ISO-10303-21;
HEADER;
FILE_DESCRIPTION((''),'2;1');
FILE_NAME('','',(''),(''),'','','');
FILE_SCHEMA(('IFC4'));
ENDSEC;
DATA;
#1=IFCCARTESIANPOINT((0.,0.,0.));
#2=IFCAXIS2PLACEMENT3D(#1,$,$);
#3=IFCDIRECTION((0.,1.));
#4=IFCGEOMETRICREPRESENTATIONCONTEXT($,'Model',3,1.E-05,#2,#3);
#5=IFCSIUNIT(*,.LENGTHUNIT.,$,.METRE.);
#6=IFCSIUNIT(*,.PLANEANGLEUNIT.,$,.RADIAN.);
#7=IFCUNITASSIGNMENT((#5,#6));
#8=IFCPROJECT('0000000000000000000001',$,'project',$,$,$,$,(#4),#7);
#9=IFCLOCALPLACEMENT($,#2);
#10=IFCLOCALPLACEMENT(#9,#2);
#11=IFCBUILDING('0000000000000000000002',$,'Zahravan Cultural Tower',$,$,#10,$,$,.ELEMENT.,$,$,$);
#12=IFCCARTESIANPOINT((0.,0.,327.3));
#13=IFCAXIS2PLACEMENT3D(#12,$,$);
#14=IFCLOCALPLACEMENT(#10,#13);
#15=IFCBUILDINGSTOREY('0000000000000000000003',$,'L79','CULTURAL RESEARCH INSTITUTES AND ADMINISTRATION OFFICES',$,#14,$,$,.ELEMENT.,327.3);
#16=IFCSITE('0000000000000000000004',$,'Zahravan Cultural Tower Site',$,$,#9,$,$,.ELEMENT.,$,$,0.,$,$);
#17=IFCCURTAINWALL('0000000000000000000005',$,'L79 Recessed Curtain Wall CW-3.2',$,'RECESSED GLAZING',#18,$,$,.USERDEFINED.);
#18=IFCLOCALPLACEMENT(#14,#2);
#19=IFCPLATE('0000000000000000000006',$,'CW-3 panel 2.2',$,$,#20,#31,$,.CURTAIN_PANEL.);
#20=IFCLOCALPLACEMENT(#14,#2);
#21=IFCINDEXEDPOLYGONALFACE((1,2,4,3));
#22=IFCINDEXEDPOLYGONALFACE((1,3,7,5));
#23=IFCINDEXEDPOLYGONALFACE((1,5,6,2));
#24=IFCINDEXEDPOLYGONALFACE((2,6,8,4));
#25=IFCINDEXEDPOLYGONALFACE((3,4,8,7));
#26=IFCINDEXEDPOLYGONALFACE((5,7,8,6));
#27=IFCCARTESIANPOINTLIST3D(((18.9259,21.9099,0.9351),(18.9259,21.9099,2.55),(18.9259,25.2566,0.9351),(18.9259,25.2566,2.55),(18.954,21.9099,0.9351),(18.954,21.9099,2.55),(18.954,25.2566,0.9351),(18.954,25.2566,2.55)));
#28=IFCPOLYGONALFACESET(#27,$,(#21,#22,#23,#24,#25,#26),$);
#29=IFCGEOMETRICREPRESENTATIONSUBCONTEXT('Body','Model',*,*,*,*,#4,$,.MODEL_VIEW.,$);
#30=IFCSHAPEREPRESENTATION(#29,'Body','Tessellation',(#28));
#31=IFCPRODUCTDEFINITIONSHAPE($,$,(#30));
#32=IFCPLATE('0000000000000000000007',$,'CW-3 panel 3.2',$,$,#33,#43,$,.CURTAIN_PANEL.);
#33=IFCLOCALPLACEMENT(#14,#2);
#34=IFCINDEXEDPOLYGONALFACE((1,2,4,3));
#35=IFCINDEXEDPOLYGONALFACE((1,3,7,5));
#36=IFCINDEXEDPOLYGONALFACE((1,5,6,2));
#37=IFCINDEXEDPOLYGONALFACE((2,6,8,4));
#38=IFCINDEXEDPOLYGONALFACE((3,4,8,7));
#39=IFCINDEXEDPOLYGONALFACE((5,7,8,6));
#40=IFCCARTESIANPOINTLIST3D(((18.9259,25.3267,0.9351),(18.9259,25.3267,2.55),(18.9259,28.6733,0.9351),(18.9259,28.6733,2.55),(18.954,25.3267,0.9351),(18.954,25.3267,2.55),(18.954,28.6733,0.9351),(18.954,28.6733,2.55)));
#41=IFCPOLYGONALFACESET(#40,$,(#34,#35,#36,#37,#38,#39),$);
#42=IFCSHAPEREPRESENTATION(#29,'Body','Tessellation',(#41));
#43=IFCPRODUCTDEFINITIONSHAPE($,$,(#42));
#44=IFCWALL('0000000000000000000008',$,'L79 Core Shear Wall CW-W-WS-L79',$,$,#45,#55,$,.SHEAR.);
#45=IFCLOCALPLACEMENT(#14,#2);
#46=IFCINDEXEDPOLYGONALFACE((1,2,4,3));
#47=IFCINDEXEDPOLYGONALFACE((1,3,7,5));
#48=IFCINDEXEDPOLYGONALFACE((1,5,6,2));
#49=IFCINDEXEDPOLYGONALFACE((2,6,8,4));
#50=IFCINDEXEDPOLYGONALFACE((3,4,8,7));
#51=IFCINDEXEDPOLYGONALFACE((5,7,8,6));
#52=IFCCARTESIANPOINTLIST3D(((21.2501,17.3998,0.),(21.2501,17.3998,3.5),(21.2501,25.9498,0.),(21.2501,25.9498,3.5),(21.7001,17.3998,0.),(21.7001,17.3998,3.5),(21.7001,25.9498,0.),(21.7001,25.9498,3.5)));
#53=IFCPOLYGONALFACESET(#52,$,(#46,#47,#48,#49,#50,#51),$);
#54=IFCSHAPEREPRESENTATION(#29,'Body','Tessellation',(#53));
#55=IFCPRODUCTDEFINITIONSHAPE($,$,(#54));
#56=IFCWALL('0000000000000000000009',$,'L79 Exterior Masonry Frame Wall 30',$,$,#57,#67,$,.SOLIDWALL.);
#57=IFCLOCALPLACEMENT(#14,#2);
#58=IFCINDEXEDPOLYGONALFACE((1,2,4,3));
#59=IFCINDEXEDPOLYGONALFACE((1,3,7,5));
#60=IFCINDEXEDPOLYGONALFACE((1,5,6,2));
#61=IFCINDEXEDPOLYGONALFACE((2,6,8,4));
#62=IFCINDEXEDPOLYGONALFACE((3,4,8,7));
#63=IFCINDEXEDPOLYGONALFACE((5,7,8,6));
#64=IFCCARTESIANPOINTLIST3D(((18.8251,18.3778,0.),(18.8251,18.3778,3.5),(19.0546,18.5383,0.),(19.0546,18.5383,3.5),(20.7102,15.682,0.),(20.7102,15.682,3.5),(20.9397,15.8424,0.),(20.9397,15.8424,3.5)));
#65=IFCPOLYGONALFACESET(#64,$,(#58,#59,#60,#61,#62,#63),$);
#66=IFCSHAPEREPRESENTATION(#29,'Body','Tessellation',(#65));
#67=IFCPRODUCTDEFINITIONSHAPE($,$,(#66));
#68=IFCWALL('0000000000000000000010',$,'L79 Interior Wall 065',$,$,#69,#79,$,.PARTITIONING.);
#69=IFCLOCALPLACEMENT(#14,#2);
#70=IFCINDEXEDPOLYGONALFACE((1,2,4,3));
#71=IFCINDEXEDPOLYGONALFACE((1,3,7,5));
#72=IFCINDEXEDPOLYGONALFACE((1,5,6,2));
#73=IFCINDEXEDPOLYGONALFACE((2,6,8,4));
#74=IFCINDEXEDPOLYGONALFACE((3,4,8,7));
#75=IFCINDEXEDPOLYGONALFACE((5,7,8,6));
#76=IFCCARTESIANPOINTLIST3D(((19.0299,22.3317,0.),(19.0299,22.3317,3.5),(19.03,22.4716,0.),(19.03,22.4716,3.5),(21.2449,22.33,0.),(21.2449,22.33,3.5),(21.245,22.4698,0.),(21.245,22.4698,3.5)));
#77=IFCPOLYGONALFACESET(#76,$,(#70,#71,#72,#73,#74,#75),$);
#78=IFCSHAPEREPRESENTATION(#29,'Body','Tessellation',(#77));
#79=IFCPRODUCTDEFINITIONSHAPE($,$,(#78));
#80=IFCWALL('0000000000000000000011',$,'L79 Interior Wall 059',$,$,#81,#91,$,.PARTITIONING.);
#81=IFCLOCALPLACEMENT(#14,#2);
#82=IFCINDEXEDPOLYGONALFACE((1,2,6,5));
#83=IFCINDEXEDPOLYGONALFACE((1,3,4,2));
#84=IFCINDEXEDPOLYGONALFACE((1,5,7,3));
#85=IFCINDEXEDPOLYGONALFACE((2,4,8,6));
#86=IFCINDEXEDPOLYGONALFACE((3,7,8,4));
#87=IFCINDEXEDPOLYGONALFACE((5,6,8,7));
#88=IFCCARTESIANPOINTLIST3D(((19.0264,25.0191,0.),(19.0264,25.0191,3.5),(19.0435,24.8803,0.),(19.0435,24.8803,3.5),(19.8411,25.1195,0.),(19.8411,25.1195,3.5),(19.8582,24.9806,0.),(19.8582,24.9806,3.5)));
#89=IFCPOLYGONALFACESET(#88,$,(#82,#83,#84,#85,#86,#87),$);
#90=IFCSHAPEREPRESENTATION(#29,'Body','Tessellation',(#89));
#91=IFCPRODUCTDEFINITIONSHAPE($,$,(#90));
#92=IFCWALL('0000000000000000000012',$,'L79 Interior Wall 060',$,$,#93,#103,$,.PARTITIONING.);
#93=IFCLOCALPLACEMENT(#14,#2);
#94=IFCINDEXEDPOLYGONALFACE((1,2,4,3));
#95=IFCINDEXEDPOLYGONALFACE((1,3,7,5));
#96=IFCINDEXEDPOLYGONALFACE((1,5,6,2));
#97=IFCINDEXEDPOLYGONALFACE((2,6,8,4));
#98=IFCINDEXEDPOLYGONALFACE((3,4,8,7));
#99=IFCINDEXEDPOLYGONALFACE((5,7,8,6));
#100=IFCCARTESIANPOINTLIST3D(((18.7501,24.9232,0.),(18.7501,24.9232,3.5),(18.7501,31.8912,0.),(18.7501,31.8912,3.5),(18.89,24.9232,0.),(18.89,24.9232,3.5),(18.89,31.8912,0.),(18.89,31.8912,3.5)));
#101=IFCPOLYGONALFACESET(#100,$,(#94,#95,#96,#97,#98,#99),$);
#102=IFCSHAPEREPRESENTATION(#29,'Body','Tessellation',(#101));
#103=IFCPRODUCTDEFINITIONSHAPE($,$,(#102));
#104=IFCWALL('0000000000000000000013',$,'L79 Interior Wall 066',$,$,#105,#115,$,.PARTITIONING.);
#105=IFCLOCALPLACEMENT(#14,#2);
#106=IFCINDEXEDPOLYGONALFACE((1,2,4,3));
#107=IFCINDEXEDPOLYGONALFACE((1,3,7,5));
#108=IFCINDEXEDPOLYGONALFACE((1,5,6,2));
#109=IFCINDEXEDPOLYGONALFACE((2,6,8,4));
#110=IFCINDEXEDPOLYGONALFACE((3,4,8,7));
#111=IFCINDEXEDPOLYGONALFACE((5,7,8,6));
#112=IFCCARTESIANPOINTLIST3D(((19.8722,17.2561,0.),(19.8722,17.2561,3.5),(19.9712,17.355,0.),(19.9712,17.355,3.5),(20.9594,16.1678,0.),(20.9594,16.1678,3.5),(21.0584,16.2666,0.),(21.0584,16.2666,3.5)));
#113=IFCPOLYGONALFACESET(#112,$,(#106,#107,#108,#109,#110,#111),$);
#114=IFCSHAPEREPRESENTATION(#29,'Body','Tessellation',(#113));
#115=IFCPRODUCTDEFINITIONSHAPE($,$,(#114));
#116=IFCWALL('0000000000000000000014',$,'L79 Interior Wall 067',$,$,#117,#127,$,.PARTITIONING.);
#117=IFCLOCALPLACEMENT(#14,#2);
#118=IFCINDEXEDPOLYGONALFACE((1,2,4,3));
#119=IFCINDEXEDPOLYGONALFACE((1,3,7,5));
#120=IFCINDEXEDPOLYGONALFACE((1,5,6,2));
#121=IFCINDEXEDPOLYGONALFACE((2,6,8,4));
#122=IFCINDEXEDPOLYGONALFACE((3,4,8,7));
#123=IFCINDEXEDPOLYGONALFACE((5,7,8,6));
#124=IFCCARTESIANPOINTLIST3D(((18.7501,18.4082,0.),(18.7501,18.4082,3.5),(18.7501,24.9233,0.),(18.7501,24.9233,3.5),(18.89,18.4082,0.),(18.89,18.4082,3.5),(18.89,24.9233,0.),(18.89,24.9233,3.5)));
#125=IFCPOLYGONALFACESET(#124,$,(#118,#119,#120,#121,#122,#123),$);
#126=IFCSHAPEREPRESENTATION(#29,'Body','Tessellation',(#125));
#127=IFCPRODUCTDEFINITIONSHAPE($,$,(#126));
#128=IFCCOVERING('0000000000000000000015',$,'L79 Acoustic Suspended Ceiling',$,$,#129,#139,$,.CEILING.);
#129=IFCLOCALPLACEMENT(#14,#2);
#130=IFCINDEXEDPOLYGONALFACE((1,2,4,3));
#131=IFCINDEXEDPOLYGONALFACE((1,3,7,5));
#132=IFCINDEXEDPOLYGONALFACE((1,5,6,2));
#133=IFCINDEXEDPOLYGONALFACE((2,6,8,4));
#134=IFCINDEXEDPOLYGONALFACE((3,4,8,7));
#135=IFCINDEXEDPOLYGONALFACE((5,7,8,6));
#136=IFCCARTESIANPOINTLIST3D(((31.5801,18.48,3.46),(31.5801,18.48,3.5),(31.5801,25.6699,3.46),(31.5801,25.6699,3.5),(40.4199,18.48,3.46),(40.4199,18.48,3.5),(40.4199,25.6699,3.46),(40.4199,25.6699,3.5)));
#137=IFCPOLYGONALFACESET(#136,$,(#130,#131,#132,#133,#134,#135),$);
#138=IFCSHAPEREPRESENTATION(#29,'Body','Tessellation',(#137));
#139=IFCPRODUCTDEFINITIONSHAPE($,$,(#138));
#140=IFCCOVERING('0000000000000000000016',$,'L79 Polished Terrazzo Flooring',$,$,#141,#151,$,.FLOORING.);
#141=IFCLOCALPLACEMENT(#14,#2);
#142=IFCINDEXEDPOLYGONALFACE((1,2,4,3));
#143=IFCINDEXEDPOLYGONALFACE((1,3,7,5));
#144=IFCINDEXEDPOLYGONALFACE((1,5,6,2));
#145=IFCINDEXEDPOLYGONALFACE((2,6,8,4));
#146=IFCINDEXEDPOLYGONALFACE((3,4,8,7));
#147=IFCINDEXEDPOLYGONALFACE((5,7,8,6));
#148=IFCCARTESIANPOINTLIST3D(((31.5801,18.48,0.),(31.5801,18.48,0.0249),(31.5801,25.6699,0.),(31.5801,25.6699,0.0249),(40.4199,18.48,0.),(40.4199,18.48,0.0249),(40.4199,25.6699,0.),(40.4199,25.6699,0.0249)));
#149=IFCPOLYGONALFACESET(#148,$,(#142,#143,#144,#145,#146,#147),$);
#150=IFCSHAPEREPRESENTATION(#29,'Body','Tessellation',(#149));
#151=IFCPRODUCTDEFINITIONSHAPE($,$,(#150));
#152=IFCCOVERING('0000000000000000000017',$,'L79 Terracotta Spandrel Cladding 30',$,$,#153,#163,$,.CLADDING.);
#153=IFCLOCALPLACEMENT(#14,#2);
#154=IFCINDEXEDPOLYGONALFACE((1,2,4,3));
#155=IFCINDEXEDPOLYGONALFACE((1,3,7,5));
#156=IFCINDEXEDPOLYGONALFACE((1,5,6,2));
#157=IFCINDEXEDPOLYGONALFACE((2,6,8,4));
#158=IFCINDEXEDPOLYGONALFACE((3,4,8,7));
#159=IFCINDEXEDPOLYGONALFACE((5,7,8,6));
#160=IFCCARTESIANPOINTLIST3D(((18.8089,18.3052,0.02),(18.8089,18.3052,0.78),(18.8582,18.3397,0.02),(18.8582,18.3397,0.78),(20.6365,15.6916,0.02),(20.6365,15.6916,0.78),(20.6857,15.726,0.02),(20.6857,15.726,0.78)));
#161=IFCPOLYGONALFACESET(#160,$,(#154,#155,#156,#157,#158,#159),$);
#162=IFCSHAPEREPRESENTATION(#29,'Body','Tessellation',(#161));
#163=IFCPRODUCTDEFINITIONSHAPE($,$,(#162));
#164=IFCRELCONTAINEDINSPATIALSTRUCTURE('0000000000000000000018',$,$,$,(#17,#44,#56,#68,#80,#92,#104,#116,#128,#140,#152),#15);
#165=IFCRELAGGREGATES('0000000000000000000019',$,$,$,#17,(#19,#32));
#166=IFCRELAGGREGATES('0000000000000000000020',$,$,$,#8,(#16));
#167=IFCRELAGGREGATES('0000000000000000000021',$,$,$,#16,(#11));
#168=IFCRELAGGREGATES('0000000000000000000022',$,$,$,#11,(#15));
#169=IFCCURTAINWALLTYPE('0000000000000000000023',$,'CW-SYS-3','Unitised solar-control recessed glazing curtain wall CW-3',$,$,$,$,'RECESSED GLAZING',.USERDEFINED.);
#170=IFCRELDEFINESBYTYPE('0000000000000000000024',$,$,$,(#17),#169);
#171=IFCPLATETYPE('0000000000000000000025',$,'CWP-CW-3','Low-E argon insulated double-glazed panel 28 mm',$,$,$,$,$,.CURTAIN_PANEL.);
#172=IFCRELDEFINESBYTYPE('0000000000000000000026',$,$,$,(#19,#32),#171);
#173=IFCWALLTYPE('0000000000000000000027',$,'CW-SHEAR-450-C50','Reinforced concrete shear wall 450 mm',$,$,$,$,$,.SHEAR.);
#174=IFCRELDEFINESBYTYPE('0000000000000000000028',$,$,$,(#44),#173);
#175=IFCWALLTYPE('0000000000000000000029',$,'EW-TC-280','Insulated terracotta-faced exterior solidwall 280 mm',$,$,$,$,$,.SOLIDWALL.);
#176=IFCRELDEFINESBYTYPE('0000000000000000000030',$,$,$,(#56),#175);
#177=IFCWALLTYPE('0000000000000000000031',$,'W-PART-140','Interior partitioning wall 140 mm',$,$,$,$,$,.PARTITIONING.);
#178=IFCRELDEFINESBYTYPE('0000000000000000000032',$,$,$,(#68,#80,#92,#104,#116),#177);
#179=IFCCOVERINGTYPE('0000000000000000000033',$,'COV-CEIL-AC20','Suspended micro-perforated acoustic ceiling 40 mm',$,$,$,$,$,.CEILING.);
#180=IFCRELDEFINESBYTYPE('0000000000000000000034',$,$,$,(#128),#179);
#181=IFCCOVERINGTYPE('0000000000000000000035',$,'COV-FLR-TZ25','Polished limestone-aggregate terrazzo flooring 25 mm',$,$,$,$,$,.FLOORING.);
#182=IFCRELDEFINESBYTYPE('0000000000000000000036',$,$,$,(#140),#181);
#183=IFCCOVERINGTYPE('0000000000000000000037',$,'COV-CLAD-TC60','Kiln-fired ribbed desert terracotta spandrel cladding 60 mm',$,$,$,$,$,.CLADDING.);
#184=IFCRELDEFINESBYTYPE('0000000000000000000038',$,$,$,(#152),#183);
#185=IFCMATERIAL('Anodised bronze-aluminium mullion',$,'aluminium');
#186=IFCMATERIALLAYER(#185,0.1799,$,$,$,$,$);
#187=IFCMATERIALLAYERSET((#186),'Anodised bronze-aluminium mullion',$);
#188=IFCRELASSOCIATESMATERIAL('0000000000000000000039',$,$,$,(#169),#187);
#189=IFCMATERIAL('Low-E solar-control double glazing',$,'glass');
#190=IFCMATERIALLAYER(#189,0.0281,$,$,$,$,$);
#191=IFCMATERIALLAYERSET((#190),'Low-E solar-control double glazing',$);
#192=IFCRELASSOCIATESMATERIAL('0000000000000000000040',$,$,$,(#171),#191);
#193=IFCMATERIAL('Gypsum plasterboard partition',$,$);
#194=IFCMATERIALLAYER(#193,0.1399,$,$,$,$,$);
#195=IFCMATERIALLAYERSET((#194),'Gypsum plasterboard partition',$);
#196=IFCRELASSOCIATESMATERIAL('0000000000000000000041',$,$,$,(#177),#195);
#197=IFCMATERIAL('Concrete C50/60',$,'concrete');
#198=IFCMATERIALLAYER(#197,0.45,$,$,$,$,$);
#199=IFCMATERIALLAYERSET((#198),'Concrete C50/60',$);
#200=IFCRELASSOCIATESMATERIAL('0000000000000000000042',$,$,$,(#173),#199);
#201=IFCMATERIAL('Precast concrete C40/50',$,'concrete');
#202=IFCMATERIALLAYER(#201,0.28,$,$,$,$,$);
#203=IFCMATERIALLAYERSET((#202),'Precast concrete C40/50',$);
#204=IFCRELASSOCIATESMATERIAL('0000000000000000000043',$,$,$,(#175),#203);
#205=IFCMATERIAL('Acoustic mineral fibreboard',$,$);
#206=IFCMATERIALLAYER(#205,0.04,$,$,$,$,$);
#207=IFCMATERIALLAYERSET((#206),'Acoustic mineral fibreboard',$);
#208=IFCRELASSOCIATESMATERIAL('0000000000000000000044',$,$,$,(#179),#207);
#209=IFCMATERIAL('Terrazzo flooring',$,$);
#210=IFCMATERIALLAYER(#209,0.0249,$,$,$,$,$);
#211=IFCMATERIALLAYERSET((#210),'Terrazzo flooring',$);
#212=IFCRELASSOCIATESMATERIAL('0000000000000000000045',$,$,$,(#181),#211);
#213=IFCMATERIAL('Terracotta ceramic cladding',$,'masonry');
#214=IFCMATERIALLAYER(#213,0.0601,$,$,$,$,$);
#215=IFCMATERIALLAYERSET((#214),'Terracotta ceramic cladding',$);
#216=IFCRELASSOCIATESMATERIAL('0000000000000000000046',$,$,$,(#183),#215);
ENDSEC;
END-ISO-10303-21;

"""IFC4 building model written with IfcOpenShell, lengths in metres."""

from ifc_helpers import new_model, si_unit, direction, frame, frame_2d, origin, origin_2d, place, context, subcontext, project, spatial, polyline, rectangle, outline, extrude, source, transform, mapped, material, layer, layer_set, type_object, element, aggregate, save


model = new_model("IFC4")

# Units and contexts
model_context = context("Model", 3, precision=1e-05, world=origin(), true_north=direction((0.0, 1.0)))
body_context = subcontext(model_context, "Body", "Model", "MODEL_VIEW")
ifc_project = project(units=[si_unit("LENGTHUNIT", "METRE"), si_unit("PLANEANGLEUNIT", "RADIAN")], contexts=[model_context])

# Site, building, storey
site_placement = place(None, origin())
site = spatial("IfcSite", under=ifc_project, at=site_placement, Name="Zahravan Cultural Tower Site", CompositionType="ELEMENT", RefElevation=0.0)
building_placement = place(site_placement, origin())
building = spatial("IfcBuilding", under=site, at=building_placement, Name="Zahravan Cultural Tower", CompositionType="ELEMENT")
storey_placement = place(building_placement, frame((0.0, 0.0, 327.3)))
storey = spatial("IfcBuildingStorey", under=building, at=storey_placement, Name="L79", Description="CULTURAL RESEARCH INSTITUTES AND ADMINISTRATION OFFICES", CompositionType="ELEMENT", Elevation=327.3)

# Shared definitions
ifc_material_1 = material(Name="Concrete C50/60", Category="concrete")

# Curtain wall
ifc_material_2 = material(Name="Anodised bronze-aluminium mullion", Category="aluminium")
ifc_layer_1 = layer(ifc_material_2, 0.1799)
ifc_layer_set_1 = layer_set([ifc_layer_1], Name="Anodised bronze-aluminium mullion")
curtain_wall_type = type_object("IfcCurtainWallType", Name="CW-SYS-3", Description="Unitised solar-control recessed glazing curtain wall CW-3", ElementType="RECESSED GLAZING", PredefinedType="USERDEFINED", material=ifc_layer_set_1)
curtain_wall_placement = place(storey_placement, origin())
curtain_wall = element("IfcCurtainWall", 1, at=curtain_wall_placement, inside=storey, type_object=curtain_wall_type, Name="L79 Recessed Curtain Wall CW-3.2", ObjectType="RECESSED GLAZING", PredefinedType="USERDEFINED")

# Plates
ifc_material_3 = material(Name="Low-E solar-control double glazing", Category="glass")
ifc_layer_2 = layer(ifc_material_3, 0.0281)
ifc_layer_set_2 = layer_set([ifc_layer_2], Name="Low-E solar-control double glazing")
plate_type = type_object("IfcPlateType", Name="CWP-CW-3", Description="Low-E argon insulated double-glazed panel 28 mm", PredefinedType="CURTAIN_PANEL", material=ifc_layer_set_2)
shared_shape_1 = source(origin(), body_context, "Body", "SweptSolid", [
    extrude(rectangle(XDim=3.3467, YDim=0.0281, at=origin_2d()), origin(), (0.0, 0.0, 1.0), 1.615),
])
plate_1_placement = place(storey_placement, frame((18.9399, 23.5833, 0.9351), z_axis=(0.0, 0.0, 1.0), x_axis=(0.0, 1.0, 0.0)))
plate_1 = element("IfcPlate", 2, at=plate_1_placement, type_object=plate_type, Name="CW-3 panel 2.2", PredefinedType="CURTAIN_PANEL", context=body_context, shape_type="MappedRepresentation", body=[
    mapped(shared_shape_1, transform((0.0, 0.0, 0.0), x_axis=(1.0, 0.0, 0.0), y_axis=(0.0, 1.0, 0.0), z_axis=(0.0, 0.0, 1.0), scale=1.0)),
])
plate_2_placement = place(storey_placement, frame((18.9399, 27.0, 0.9351), z_axis=(0.0, 0.0, 1.0), x_axis=(0.0, 1.0, 0.0)))
plate_2 = element("IfcPlate", 3, at=plate_2_placement, type_object=plate_type, Name="CW-3 panel 3.2", PredefinedType="CURTAIN_PANEL", context=body_context, shape_type="MappedRepresentation", body=[
    mapped(shared_shape_1, transform((0.0, 0.0, 0.0), x_axis=(1.0, 0.0, 0.0), y_axis=(0.0, 1.0, 0.0), z_axis=(0.0, 0.0, 1.0), scale=1.0)),
])
aggregate(curtain_wall, [plate_1, plate_2])

# Shared definitions
ifc_material_4 = material(Name="Gypsum plasterboard partition")
ifc_layer_3 = layer(ifc_material_4, 0.1399)
ifc_layer_set_3 = layer_set([ifc_layer_3], Name="Gypsum plasterboard partition")
wall_type_1 = type_object("IfcWallType", Name="W-PART-140", Description="Interior partitioning wall 140 mm", PredefinedType="PARTITIONING", material=ifc_layer_set_3)

# Walls
ifc_layer_4 = layer(ifc_material_1, 0.45)
ifc_layer_set_4 = layer_set([ifc_layer_4], Name="Concrete C50/60")
wall_type_2 = type_object("IfcWallType", Name="CW-SHEAR-450-C50", Description="Reinforced concrete shear wall 450 mm", PredefinedType="SHEAR", material=ifc_layer_set_4)
shared_shape_2 = source(origin(), body_context, "Body", "SweptSolid", [
    extrude(rectangle(XDim=8.55, YDim=0.45, at=frame_2d((4.2749, 0.0))), origin(), (0.0, 0.0, 1.0), 3.5),
])
wall_1_placement = place(storey_placement, frame((21.4751, 17.3999, 0.0), z_axis=(0.0, 0.0, 1.0), x_axis=(0.0, 1.0, 0.0)))
element("IfcWall", 4, at=wall_1_placement, inside=storey, type_object=wall_type_2, Name="L79 Core Shear Wall CW-W-WS-L79", PredefinedType="SHEAR", context=body_context, shape_type="MappedRepresentation", body=[
    mapped(shared_shape_2, transform((0.0, 0.0, 0.0), x_axis=(1.0, 0.0, 0.0), y_axis=(0.0, 1.0, 0.0), z_axis=(0.0, 0.0, 1.0), scale=1.0)),
])
ifc_material_5 = material(Name="Precast concrete C40/50", Category="concrete")
ifc_layer_5 = layer(ifc_material_5, 0.28)
ifc_layer_set_5 = layer_set([ifc_layer_5], Name="Precast concrete C40/50")
wall_type_3 = type_object("IfcWallType", Name="EW-TC-280", Description="Insulated terracotta-faced exterior solidwall 280 mm", PredefinedType="SOLIDWALL", material=ifc_layer_set_5)
shared_shape_3 = source(origin(), body_context, "Body", "SweptSolid", [
    extrude(rectangle(XDim=3.2896, YDim=0.28, at=frame_2d((1.6448, 0.0))), origin(), (0.0, 0.0, 1.0), 3.5),
])
wall_2_placement = place(storey_placement, frame((20.825, 15.7622, 0.0), z_axis=(0.0, 0.0, 1.0), x_axis=(-0.573044, 0.819525, 0.0)))
element("IfcWall", 5, at=wall_2_placement, inside=storey, type_object=wall_type_3, Name="L79 Exterior Masonry Frame Wall 30", PredefinedType="SOLIDWALL", context=body_context, shape_type="MappedRepresentation", body=[
    mapped(shared_shape_3, transform((0.0, 0.0, 0.0), x_axis=(1.0, 0.0, 0.0), y_axis=(0.0, 1.0, 0.0), z_axis=(0.0, 0.0, 1.0), scale=1.0)),
])
shared_shape_4 = source(origin(), body_context, "Body", "SweptSolid", [
    extrude(rectangle(XDim=2.2151, YDim=0.1399, at=frame_2d((1.1074, 0.0))), origin(), (0.0, 0.0, 1.0), 3.5),
])
wall_3_placement = place(storey_placement, frame((19.03, 22.4016, 0.0), z_axis=(0.0, 0.0, 1.0), x_axis=(1.0, -0.000772, 0.0)))
element("IfcWall", 6, at=wall_3_placement, inside=storey, type_object=wall_type_1, Name="L79 Interior Wall 065", PredefinedType="PARTITIONING", context=body_context, shape_type="MappedRepresentation", body=[
    mapped(shared_shape_4, transform((0.0, 0.0, 0.0), x_axis=(1.0, 0.0, 0.0), y_axis=(0.0, 1.0, 0.0), z_axis=(0.0, 0.0, 1.0), scale=1.0)),
])
shared_shape_5 = source(origin(), body_context, "Body", "SweptSolid", [
    extrude(rectangle(XDim=0.8208, YDim=0.1399, at=frame_2d((0.4104, 0.0))), origin(), (0.0, 0.0, 1.0), 3.5),
])
wall_4_placement = place(storey_placement, frame((19.8496, 25.05, 0.0), z_axis=(0.0, 0.0, 1.0), x_axis=(-0.9925, -0.122241, 0.0)))
element("IfcWall", 7, at=wall_4_placement, inside=storey, type_object=wall_type_1, Name="L79 Interior Wall 059", PredefinedType="PARTITIONING", context=body_context, shape_type="MappedRepresentation", body=[
    mapped(shared_shape_5, transform((0.0, 0.0, 0.0), x_axis=(1.0, 0.0, 0.0), y_axis=(0.0, 1.0, 0.0), z_axis=(0.0, 0.0, 1.0), scale=1.0)),
])
shared_shape_6 = source(origin(), body_context, "Body", "SweptSolid", [
    extrude(rectangle(XDim=6.968, YDim=0.1399, at=frame_2d((3.4839, 0.0))), origin(), (0.0, 0.0, 1.0), 3.5),
])
wall_5_placement = place(storey_placement, frame((18.8201, 24.9233, 0.0), z_axis=(0.0, 0.0, 1.0), x_axis=(0.0, 1.0, 0.0)))
element("IfcWall", 8, at=wall_5_placement, inside=storey, type_object=wall_type_1, Name="L79 Interior Wall 060", PredefinedType="PARTITIONING", context=body_context, shape_type="MappedRepresentation", body=[
    mapped(shared_shape_6, transform((0.0, 0.0, 0.0), x_axis=(1.0, 0.0, 0.0), y_axis=(0.0, 1.0, 0.0), z_axis=(0.0, 0.0, 1.0), scale=1.0)),
])
shared_shape_7 = source(origin(), body_context, "Body", "SweptSolid", [
    extrude(rectangle(XDim=1.5383, YDim=0.1399, at=frame_2d((0.769, 0.0))), origin(), (0.0, 0.0, 1.0), 3.5),
])
wall_6_placement = place(storey_placement, frame((21.0088, 16.2173, 0.0), z_axis=(0.0, 0.0, 1.0), x_axis=(-0.70671, 0.707503, 0.0)))
element("IfcWall", 9, at=wall_6_placement, inside=storey, type_object=wall_type_1, Name="L79 Interior Wall 066", PredefinedType="PARTITIONING", context=body_context, shape_type="MappedRepresentation", body=[
    mapped(shared_shape_7, transform((0.0, 0.0, 0.0), x_axis=(1.0, 0.0, 0.0), y_axis=(0.0, 1.0, 0.0), z_axis=(0.0, 0.0, 1.0), scale=1.0)),
])
shared_shape_8 = source(origin(), body_context, "Body", "SweptSolid", [
    extrude(rectangle(XDim=6.5151, YDim=0.1399, at=frame_2d((3.2576, 0.0))), origin(), (0.0, 0.0, 1.0), 3.5),
])
wall_7_placement = place(storey_placement, frame((18.8201, 18.4082, 0.0), z_axis=(0.0, 0.0, 1.0), x_axis=(0.0, 1.0, 0.0)))
element("IfcWall", 10, at=wall_7_placement, inside=storey, type_object=wall_type_1, Name="L79 Interior Wall 067", PredefinedType="PARTITIONING", context=body_context, shape_type="MappedRepresentation", body=[
    mapped(shared_shape_8, transform((0.0, 0.0, 0.0), x_axis=(1.0, 0.0, 0.0), y_axis=(0.0, 1.0, 0.0), z_axis=(0.0, 0.0, 1.0), scale=1.0)),
])

# Coverings
ifc_material_6 = material(Name="Acoustic mineral fibreboard")
ifc_layer_6 = layer(ifc_material_6, 0.04)
ifc_layer_set_6 = layer_set([ifc_layer_6], Name="Acoustic mineral fibreboard")
covering_type_1 = type_object("IfcCoveringType", Name="COV-CEIL-AC20", Description="Suspended micro-perforated acoustic ceiling 40 mm", PredefinedType="CEILING", material=ifc_layer_set_6)
covering_1_placement = place(storey_placement, frame((0.0, 0.0, 3.46)))
element("IfcCovering", 11, at=covering_1_placement, inside=storey, type_object=covering_type_1, Name="L79 Acoustic Suspended Ceiling", PredefinedType="CEILING", context=body_context, shape_type="SweptSolid", body=[
    extrude(outline(polyline([(40.4199, 25.6699), (31.5801, 25.6699), (31.5801, 18.48), (40.4199, 18.48), (40.4199, 25.6699)])), origin(), (0.0, 0.0, 1.0), 0.04),
])
ifc_material_7 = material(Name="Terrazzo flooring")
ifc_layer_7 = layer(ifc_material_7, 0.0249)
ifc_layer_set_7 = layer_set([ifc_layer_7], Name="Terrazzo flooring")
covering_type_2 = type_object("IfcCoveringType", Name="COV-FLR-TZ25", Description="Polished limestone-aggregate terrazzo flooring 25 mm", PredefinedType="FLOORING", material=ifc_layer_set_7)
covering_2_placement = place(storey_placement, origin())
element("IfcCovering", 12, at=covering_2_placement, inside=storey, type_object=covering_type_2, Name="L79 Polished Terrazzo Flooring", PredefinedType="FLOORING", context=body_context, shape_type="SweptSolid", body=[
    extrude(outline(polyline([(40.4199, 25.6699), (31.5801, 25.6699), (31.5801, 18.48), (40.4199, 18.48), (40.4199, 25.6699)])), origin(), (0.0, 0.0, 1.0), 0.0249),
])
ifc_material_8 = material(Name="Terracotta ceramic cladding", Category="masonry")
ifc_layer_8 = layer(ifc_material_8, 0.0601)
ifc_layer_set_8 = layer_set([ifc_layer_8], Name="Terracotta ceramic cladding")
covering_type_3 = type_object("IfcCoveringType", Name="COV-CLAD-TC60", Description="Kiln-fired ribbed desert terracotta spandrel cladding 60 mm", PredefinedType="CLADDING", material=ifc_layer_set_8)
shared_shape_9 = source(origin(), body_context, "Body", "SweptSolid", [
    extrude(rectangle(XDim=3.1892, YDim=0.0601, at=origin_2d()), origin(), (0.0, 0.0, 1.0), 0.76),
])
covering_3_placement = place(storey_placement, frame((19.7473, 17.0156, 0.02), z_axis=(0.0, 0.0, 1.0), x_axis=(-0.573033, 0.819532, 0.0)))
element("IfcCovering", 13, at=covering_3_placement, inside=storey, type_object=covering_type_3, Name="L79 Terracotta Spandrel Cladding 30", PredefinedType="CLADDING", context=body_context, shape_type="MappedRepresentation", body=[
    mapped(shared_shape_9, transform((0.0, 0.0, 0.0), x_axis=(1.0, 0.0, 0.0), y_axis=(0.0, 1.0, 0.0), z_axis=(0.0, 0.0, 1.0), scale=1.0)),
])

save(model, "model.ifc")
